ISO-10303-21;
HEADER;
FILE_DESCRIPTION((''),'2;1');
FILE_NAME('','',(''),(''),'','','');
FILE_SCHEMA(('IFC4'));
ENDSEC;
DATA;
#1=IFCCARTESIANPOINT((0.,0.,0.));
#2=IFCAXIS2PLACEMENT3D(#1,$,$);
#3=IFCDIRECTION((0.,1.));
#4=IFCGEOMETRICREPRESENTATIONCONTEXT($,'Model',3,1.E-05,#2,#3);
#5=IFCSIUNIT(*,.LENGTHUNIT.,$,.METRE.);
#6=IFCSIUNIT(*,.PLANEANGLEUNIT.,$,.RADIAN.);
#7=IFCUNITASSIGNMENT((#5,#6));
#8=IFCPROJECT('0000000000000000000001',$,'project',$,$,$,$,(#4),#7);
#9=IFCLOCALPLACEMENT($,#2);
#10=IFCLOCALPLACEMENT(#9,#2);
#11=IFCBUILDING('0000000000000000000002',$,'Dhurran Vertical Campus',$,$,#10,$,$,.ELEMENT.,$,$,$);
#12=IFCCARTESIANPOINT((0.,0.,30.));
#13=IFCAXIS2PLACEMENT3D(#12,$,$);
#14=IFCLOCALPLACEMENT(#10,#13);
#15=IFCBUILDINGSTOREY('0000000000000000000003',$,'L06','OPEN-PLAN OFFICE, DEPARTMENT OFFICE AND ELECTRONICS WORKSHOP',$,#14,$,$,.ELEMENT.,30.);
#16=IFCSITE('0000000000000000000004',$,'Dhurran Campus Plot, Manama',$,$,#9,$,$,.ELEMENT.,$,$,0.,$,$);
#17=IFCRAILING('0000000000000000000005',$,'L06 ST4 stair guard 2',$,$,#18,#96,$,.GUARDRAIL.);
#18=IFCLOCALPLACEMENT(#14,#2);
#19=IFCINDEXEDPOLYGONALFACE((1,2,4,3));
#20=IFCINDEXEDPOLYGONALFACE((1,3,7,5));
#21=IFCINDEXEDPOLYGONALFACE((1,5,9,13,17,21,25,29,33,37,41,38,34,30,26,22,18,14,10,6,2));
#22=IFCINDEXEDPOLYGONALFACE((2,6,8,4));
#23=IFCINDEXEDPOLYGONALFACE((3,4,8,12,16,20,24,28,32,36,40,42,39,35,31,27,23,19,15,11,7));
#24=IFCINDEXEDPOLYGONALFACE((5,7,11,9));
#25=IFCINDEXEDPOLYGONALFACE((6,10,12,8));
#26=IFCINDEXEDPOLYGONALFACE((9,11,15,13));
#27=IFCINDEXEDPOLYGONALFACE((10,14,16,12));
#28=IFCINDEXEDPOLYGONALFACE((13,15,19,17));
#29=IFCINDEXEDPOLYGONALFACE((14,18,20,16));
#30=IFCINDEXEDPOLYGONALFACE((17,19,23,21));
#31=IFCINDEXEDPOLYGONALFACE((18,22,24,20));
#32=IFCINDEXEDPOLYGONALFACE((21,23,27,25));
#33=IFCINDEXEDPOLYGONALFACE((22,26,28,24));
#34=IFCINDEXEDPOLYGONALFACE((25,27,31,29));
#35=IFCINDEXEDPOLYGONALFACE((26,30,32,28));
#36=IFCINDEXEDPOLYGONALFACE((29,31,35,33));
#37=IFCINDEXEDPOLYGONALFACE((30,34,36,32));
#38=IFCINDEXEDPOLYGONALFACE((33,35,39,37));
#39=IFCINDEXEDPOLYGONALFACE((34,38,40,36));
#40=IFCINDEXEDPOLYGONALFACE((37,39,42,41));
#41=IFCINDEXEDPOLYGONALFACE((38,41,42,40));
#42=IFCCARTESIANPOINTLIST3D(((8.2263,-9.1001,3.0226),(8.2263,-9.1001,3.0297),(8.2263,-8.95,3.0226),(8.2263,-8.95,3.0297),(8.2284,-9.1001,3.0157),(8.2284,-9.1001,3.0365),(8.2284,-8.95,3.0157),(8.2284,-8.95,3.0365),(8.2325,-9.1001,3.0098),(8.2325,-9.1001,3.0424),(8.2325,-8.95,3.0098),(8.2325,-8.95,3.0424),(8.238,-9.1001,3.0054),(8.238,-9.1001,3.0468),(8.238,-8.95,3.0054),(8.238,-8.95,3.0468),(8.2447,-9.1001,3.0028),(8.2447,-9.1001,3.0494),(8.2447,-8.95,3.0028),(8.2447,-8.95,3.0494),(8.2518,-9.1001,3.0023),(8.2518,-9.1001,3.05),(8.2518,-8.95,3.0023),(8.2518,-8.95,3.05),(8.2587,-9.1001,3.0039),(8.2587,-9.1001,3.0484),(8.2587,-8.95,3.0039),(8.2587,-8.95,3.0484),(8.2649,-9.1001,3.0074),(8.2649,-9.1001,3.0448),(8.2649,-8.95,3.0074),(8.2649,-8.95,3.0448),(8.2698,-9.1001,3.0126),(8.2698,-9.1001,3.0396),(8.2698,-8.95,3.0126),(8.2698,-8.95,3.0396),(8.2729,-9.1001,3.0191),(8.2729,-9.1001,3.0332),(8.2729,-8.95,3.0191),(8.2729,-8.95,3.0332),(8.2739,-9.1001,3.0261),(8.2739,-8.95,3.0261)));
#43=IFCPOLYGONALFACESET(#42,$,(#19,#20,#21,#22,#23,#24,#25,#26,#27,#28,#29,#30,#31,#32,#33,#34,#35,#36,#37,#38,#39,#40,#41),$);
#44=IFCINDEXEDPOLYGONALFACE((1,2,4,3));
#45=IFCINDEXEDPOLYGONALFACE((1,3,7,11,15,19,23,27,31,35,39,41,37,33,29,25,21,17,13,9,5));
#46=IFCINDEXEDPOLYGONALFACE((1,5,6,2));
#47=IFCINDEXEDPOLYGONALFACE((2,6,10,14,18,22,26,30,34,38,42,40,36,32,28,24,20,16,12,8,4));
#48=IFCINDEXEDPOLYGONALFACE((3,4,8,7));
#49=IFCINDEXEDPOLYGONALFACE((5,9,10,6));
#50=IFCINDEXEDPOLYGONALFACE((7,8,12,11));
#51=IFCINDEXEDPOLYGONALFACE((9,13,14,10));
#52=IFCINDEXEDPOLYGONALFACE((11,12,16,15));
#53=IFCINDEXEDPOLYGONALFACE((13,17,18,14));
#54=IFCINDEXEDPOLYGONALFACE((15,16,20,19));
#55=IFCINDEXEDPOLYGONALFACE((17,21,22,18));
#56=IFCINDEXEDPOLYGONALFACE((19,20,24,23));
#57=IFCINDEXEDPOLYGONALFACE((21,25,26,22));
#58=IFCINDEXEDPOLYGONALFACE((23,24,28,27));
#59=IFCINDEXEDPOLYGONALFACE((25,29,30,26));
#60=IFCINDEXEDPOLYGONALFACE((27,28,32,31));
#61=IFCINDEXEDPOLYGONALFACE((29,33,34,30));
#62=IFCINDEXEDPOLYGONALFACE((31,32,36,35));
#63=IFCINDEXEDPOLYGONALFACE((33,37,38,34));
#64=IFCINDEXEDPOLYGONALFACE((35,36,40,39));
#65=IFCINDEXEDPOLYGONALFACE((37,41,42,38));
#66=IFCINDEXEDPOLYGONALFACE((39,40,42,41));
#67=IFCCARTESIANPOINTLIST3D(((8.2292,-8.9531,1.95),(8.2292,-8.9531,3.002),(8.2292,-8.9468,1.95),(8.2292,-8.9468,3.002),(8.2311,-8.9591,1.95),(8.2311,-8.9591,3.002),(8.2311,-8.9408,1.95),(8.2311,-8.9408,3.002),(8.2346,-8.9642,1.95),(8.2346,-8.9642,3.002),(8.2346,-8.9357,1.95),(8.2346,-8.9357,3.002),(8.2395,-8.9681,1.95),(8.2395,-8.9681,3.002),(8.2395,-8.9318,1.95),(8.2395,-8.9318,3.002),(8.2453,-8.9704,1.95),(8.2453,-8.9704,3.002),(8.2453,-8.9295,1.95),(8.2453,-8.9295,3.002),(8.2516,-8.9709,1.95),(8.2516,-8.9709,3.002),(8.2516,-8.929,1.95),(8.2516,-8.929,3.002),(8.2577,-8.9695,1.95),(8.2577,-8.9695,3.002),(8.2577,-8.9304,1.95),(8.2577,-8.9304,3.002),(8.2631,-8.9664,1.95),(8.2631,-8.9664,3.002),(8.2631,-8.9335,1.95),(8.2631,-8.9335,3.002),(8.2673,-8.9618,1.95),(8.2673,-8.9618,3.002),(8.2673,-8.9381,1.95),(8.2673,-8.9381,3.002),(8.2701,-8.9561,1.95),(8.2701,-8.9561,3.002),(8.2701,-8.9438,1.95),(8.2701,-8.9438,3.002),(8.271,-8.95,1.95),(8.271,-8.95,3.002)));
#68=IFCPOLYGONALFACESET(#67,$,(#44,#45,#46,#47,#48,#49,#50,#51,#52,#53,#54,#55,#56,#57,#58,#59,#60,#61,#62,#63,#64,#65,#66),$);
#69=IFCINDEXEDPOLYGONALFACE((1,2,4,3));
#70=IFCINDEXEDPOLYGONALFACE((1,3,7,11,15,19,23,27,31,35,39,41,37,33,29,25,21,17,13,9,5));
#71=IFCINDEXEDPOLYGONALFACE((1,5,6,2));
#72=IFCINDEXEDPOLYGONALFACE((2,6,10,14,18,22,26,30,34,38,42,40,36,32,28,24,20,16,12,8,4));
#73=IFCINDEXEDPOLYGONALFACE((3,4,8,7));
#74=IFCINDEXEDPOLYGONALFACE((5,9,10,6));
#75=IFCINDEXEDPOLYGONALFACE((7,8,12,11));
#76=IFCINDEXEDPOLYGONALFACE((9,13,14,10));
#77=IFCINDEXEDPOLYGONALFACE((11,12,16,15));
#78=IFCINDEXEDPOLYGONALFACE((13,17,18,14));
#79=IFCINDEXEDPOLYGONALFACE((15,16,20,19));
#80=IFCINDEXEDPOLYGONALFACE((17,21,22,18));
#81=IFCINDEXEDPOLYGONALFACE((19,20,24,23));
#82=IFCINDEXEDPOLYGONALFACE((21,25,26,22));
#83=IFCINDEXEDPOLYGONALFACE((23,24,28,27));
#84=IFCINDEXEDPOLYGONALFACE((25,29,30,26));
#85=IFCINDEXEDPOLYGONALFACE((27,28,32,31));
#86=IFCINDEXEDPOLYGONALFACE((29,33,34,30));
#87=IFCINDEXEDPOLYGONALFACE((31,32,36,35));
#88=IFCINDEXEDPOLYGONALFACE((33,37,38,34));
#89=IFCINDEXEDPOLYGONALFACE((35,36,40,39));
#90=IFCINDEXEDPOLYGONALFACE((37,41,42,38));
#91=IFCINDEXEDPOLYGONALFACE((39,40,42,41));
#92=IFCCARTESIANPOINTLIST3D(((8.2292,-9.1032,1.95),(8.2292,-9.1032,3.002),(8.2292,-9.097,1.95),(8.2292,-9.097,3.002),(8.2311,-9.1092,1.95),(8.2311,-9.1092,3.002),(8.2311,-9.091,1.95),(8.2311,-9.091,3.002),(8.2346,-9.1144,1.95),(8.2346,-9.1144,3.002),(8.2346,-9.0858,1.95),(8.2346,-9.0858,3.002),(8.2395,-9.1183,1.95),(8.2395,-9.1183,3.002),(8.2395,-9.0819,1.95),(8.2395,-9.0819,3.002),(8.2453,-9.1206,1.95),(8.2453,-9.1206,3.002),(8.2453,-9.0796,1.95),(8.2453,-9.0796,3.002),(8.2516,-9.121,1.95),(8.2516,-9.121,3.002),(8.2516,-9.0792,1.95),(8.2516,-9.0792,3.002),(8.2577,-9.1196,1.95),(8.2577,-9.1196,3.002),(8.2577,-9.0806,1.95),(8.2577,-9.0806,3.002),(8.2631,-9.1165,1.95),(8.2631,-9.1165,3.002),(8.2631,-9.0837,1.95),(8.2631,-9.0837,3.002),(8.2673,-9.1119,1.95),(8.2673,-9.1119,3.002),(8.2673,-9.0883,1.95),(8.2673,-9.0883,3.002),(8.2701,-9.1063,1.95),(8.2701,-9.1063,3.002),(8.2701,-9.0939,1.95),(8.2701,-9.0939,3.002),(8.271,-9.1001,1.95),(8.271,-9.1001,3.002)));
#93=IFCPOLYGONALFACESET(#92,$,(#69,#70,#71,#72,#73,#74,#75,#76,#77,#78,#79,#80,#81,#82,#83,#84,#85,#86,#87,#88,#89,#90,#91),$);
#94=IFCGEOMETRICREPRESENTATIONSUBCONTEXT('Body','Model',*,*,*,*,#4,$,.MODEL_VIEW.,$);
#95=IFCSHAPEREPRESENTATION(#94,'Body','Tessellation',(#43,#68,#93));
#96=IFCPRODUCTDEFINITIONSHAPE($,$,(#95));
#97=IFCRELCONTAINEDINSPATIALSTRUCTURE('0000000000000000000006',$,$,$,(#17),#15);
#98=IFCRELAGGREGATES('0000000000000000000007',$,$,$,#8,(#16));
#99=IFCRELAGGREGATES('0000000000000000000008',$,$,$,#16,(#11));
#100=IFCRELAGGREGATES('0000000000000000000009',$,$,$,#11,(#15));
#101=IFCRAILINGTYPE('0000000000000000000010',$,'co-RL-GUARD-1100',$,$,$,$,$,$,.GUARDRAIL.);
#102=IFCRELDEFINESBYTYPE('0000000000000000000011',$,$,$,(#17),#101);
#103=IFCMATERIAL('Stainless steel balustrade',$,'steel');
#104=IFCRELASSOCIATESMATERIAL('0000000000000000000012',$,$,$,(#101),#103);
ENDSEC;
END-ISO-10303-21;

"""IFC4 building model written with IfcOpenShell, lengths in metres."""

from ifc_helpers import new_model, si_unit, direction, frame, origin, origin_2d, place, context, subcontext, project, spatial, circle, extrude, material, type_object, element, save


model = new_model("IFC4")

# Units and contexts
model_context = context("Model", 3, precision=1e-05, world=origin(), true_north=direction((0.0, 1.0)))
body_context = subcontext(model_context, "Body", "Model", "MODEL_VIEW")
ifc_project = project(units=[si_unit("LENGTHUNIT", "METRE"), si_unit("PLANEANGLEUNIT", "RADIAN")], contexts=[model_context])

# Site, building, storey
site_placement = place(None, origin())
site = spatial("IfcSite", under=ifc_project, at=site_placement, Name="Dhurran Campus Plot, Manama", CompositionType="ELEMENT", RefElevation=0.0)
building_placement = place(site_placement, origin())
building = spatial("IfcBuilding", under=site, at=building_placement, Name="Dhurran Vertical Campus", CompositionType="ELEMENT")
storey_placement = place(building_placement, frame((0.0, 0.0, 30.0)))
storey = spatial("IfcBuildingStorey", under=building, at=storey_placement, Name="L06", Description="OPEN-PLAN OFFICE, DEPARTMENT OFFICE AND ELECTRONICS WORKSHOP", CompositionType="ELEMENT", Elevation=30.0)

# Railing
ifc_material_1 = material(Name="Stainless steel balustrade", Category="steel")
railing_type_1 = type_object("IfcRailingType", Name="co-RL-GUARD-1100", PredefinedType="GUARDRAIL", material=ifc_material_1)
railing_1_placement = place(storey_placement, frame((8.25, -8.95, 1.95)))
element("IfcRailing", 1, at=railing_1_placement, inside=storey, type_object=railing_type_1, Name="L06 ST4 stair guard 2", PredefinedType="GUARDRAIL", context=body_context, shape_type="SweptSolid", body=[
    extrude(circle(Radius=0.0239, at=origin_2d()), frame((0.0, 0.0, 1.0762), z_axis=(0.0, -1.0, 0.0), x_axis=(1.0, 0.0, 0.0)), (0.0, 0.0, 1.0), 0.1501),
    extrude(circle(Radius=0.021, at=origin_2d()), origin(), (0.0, 0.0, 1.0), 1.052),
    extrude(circle(Radius=0.021, at=origin_2d()), frame((0.0, -0.1501, 0.0)), (0.0, 0.0, 1.0), 1.052),
])

save(model, "model.ifc")
